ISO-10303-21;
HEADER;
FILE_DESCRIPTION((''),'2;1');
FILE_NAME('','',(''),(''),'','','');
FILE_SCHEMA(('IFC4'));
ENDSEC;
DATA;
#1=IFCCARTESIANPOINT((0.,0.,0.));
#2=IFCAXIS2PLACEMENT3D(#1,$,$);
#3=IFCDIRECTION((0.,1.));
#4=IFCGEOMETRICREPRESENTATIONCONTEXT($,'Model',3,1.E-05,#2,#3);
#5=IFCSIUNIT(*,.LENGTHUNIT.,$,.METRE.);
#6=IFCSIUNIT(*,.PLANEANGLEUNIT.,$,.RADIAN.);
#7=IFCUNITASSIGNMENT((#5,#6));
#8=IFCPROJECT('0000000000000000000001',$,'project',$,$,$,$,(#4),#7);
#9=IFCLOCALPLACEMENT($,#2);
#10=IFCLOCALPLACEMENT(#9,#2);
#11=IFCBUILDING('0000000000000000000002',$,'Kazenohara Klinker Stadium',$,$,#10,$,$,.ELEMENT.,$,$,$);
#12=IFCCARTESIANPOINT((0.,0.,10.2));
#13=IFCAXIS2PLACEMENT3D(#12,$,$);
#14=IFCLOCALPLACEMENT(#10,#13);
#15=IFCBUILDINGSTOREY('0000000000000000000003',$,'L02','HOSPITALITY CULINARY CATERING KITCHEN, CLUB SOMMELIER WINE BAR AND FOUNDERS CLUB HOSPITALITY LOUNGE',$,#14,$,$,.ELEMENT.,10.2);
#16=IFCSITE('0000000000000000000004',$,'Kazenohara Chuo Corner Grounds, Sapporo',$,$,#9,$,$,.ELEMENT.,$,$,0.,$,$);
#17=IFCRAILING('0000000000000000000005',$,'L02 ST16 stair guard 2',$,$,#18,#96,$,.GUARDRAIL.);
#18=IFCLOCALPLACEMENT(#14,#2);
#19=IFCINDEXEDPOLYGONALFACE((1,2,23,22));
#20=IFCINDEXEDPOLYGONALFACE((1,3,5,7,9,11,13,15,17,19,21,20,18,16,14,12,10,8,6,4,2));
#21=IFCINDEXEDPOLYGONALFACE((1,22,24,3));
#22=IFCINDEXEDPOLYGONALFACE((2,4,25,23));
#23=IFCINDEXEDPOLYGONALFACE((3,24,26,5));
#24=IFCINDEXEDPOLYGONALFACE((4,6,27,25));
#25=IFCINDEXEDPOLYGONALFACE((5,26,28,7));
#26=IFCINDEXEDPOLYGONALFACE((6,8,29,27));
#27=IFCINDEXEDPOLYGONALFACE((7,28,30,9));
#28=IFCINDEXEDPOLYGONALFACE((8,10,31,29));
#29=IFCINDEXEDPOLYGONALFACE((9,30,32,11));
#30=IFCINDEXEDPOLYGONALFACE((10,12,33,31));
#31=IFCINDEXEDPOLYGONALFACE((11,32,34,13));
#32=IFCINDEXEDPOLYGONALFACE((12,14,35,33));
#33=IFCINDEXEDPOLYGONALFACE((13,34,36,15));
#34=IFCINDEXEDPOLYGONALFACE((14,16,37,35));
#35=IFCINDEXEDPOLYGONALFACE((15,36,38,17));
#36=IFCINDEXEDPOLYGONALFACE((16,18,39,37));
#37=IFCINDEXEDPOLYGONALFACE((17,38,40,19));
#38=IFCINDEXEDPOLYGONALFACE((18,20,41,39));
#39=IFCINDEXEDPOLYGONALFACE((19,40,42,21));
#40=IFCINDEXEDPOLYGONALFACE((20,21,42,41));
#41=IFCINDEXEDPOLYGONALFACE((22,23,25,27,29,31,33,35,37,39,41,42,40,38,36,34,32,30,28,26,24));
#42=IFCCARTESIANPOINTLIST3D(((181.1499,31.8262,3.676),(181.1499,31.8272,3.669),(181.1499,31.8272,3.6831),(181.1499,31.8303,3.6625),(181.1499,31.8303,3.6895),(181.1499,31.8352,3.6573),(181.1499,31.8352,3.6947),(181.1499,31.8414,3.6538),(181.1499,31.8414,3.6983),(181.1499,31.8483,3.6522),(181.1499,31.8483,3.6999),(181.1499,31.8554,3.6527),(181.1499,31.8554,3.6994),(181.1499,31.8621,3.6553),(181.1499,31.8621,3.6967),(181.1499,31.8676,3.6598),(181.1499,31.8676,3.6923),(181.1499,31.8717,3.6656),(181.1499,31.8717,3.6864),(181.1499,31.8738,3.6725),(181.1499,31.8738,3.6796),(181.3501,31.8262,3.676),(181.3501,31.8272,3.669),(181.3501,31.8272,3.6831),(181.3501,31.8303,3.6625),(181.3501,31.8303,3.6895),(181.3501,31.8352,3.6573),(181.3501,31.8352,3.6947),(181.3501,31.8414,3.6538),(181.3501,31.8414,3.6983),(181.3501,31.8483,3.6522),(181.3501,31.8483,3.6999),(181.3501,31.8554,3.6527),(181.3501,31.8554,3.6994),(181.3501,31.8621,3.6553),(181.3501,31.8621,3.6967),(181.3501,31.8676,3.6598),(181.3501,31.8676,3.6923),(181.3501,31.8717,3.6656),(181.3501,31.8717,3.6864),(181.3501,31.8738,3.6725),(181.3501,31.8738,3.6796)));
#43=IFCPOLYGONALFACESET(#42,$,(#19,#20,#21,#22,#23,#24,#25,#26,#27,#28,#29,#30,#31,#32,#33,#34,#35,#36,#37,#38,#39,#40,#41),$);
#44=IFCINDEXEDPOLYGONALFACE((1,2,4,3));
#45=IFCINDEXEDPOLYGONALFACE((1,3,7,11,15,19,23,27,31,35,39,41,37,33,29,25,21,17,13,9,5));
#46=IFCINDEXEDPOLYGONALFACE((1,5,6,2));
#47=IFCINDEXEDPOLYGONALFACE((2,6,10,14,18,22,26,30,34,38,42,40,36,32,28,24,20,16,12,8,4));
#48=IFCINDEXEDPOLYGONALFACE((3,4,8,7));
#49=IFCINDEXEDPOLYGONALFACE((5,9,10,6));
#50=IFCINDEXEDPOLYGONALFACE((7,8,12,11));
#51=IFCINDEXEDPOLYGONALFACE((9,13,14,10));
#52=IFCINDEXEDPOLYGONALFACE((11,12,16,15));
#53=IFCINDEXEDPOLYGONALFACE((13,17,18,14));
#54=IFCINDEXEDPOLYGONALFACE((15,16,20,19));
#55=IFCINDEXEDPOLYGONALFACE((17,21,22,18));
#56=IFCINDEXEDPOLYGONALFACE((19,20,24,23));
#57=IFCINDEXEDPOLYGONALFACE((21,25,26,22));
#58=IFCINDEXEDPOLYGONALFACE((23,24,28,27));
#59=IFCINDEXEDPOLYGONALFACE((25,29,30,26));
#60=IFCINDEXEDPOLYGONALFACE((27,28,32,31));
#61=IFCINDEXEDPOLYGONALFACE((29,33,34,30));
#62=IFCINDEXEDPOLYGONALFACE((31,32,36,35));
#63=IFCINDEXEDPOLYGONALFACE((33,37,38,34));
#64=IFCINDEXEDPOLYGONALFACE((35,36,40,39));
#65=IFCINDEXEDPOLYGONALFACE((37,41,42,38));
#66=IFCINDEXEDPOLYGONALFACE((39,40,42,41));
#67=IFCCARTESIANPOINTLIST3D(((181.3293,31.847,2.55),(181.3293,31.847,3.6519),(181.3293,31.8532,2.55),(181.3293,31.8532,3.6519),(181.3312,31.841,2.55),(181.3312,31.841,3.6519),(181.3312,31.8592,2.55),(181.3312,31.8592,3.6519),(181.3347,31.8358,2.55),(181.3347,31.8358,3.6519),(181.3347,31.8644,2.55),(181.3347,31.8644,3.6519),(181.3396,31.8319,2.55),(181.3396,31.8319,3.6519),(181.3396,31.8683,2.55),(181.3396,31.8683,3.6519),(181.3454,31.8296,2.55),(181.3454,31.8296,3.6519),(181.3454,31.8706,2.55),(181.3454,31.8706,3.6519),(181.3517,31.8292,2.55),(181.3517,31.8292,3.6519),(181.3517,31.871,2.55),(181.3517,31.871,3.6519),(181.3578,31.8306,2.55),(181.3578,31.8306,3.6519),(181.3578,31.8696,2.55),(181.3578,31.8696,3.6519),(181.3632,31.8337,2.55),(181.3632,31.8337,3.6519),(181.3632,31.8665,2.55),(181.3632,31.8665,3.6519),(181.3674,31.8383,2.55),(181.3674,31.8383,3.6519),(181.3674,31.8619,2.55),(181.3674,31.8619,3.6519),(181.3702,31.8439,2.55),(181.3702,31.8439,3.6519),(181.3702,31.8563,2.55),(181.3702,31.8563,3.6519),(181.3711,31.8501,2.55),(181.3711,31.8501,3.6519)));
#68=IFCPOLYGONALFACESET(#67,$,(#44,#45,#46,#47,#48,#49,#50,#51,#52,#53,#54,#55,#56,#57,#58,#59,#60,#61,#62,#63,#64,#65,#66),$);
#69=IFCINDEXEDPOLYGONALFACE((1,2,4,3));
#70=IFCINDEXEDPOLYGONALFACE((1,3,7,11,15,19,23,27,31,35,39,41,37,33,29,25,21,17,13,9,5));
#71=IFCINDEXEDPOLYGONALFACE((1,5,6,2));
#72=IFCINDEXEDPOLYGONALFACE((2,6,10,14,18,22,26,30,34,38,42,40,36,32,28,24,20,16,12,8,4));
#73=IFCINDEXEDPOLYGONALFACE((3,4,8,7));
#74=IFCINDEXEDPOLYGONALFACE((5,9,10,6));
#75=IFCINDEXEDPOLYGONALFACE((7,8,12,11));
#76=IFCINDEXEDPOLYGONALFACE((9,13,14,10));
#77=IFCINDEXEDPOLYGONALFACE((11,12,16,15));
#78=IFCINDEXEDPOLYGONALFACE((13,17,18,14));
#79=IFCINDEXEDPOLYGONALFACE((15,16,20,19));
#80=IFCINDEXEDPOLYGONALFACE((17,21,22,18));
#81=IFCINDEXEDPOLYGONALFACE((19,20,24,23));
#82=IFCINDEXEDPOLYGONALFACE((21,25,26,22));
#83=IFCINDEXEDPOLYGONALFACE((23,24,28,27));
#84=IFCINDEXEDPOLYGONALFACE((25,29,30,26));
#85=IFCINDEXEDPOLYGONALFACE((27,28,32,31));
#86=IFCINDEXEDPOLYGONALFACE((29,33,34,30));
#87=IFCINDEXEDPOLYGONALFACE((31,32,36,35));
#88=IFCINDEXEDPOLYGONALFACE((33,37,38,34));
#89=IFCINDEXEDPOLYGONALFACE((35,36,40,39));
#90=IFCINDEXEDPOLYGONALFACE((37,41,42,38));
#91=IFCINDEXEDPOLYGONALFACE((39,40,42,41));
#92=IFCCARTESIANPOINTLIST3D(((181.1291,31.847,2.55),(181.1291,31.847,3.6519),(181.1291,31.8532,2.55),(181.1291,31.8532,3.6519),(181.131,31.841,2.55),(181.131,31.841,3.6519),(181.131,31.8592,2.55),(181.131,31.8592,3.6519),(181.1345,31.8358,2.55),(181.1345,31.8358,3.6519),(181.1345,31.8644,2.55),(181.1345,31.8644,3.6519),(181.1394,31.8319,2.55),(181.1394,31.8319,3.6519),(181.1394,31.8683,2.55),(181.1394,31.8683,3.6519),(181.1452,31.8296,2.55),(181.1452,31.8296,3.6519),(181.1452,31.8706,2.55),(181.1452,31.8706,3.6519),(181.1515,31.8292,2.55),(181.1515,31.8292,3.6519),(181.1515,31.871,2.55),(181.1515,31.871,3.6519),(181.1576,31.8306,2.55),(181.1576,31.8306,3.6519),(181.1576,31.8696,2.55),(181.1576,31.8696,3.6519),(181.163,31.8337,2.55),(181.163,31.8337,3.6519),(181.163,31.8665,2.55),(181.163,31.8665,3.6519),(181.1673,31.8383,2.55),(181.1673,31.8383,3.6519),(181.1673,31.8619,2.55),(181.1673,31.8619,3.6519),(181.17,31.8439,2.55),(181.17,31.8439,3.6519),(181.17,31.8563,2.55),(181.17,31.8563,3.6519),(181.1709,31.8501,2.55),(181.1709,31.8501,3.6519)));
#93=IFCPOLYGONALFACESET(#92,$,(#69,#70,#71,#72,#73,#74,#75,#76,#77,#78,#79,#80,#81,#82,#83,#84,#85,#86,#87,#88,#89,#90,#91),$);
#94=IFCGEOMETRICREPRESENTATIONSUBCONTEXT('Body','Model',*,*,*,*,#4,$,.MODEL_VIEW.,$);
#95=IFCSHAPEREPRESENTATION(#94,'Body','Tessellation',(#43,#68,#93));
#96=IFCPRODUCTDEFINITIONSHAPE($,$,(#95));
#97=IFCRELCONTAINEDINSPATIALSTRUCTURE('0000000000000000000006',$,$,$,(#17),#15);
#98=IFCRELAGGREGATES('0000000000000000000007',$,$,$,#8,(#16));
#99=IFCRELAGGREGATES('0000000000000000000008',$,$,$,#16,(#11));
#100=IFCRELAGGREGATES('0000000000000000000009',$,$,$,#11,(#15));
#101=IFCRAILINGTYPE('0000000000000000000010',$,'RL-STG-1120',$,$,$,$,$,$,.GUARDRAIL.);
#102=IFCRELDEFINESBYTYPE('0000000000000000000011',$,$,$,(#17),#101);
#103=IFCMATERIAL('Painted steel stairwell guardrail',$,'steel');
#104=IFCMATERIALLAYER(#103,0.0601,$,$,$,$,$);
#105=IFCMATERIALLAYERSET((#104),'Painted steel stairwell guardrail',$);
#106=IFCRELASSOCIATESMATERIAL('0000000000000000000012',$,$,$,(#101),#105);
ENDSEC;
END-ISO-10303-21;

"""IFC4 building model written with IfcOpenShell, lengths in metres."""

from ifc_helpers import new_model, si_unit, direction, frame, origin, origin_2d, place, context, subcontext, project, spatial, circle, extrude, material, layer, layer_set, type_object, element, save


model = new_model("IFC4")

# Units and contexts
model_context = context("Model", 3, precision=1e-05, world=origin(), true_north=direction((0.0, 1.0)))
body_context = subcontext(model_context, "Body", "Model", "MODEL_VIEW")
ifc_project = project(units=[si_unit("LENGTHUNIT", "METRE"), si_unit("PLANEANGLEUNIT", "RADIAN")], contexts=[model_context])

# Site, building, storey
site_placement = place(None, origin())
site = spatial("IfcSite", under=ifc_project, at=site_placement, Name="Kazenohara Chuo Corner Grounds, Sapporo", CompositionType="ELEMENT", RefElevation=0.0)
building_placement = place(site_placement, origin())
building = spatial("IfcBuilding", under=site, at=building_placement, Name="Kazenohara Klinker Stadium", CompositionType="ELEMENT")
storey_placement = place(building_placement, frame((0.0, 0.0, 10.2)))
storey = spatial("IfcBuildingStorey", under=building, at=storey_placement, Name="L02", Description="HOSPITALITY CULINARY CATERING KITCHEN, CLUB SOMMELIER WINE BAR AND FOUNDERS CLUB HOSPITALITY LOUNGE", CompositionType="ELEMENT", Elevation=10.2)

# Railing
ifc_material_1 = material(Name="Painted steel stairwell guardrail", Category="steel")
ifc_layer_1 = layer(ifc_material_1, 0.0601)
ifc_layer_set_1 = layer_set([ifc_layer_1], Name="Painted steel stairwell guardrail")
railing_type_1 = type_object("IfcRailingType", Name="RL-STG-1120", PredefinedType="GUARDRAIL", material=ifc_layer_set_1)
railing_1_placement = place(storey_placement, frame((181.3501, 31.8501, 2.55)))
element("IfcRailing", 1, at=railing_1_placement, inside=storey, type_object=railing_type_1, Name="L02 ST16 stair guard 2", PredefinedType="GUARDRAIL", context=body_context, shape_type="SweptSolid", body=[
    extrude(circle(Radius=0.0239, at=origin_2d()), frame((0.0, 0.0, 1.126), z_axis=(-1.0, 0.0, 0.0), x_axis=(0.0, -1.0, 0.0)), (0.0, 0.0, 1.0), 0.2002),
    extrude(circle(Radius=0.021, at=origin_2d()), origin(), (0.0, 0.0, 1.0), 1.1018),
    extrude(circle(Radius=0.021, at=origin_2d()), frame((-0.2002, 0.0, 0.0)), (0.0, 0.0, 1.0), 1.1018),
])

save(model, "model.ifc")
